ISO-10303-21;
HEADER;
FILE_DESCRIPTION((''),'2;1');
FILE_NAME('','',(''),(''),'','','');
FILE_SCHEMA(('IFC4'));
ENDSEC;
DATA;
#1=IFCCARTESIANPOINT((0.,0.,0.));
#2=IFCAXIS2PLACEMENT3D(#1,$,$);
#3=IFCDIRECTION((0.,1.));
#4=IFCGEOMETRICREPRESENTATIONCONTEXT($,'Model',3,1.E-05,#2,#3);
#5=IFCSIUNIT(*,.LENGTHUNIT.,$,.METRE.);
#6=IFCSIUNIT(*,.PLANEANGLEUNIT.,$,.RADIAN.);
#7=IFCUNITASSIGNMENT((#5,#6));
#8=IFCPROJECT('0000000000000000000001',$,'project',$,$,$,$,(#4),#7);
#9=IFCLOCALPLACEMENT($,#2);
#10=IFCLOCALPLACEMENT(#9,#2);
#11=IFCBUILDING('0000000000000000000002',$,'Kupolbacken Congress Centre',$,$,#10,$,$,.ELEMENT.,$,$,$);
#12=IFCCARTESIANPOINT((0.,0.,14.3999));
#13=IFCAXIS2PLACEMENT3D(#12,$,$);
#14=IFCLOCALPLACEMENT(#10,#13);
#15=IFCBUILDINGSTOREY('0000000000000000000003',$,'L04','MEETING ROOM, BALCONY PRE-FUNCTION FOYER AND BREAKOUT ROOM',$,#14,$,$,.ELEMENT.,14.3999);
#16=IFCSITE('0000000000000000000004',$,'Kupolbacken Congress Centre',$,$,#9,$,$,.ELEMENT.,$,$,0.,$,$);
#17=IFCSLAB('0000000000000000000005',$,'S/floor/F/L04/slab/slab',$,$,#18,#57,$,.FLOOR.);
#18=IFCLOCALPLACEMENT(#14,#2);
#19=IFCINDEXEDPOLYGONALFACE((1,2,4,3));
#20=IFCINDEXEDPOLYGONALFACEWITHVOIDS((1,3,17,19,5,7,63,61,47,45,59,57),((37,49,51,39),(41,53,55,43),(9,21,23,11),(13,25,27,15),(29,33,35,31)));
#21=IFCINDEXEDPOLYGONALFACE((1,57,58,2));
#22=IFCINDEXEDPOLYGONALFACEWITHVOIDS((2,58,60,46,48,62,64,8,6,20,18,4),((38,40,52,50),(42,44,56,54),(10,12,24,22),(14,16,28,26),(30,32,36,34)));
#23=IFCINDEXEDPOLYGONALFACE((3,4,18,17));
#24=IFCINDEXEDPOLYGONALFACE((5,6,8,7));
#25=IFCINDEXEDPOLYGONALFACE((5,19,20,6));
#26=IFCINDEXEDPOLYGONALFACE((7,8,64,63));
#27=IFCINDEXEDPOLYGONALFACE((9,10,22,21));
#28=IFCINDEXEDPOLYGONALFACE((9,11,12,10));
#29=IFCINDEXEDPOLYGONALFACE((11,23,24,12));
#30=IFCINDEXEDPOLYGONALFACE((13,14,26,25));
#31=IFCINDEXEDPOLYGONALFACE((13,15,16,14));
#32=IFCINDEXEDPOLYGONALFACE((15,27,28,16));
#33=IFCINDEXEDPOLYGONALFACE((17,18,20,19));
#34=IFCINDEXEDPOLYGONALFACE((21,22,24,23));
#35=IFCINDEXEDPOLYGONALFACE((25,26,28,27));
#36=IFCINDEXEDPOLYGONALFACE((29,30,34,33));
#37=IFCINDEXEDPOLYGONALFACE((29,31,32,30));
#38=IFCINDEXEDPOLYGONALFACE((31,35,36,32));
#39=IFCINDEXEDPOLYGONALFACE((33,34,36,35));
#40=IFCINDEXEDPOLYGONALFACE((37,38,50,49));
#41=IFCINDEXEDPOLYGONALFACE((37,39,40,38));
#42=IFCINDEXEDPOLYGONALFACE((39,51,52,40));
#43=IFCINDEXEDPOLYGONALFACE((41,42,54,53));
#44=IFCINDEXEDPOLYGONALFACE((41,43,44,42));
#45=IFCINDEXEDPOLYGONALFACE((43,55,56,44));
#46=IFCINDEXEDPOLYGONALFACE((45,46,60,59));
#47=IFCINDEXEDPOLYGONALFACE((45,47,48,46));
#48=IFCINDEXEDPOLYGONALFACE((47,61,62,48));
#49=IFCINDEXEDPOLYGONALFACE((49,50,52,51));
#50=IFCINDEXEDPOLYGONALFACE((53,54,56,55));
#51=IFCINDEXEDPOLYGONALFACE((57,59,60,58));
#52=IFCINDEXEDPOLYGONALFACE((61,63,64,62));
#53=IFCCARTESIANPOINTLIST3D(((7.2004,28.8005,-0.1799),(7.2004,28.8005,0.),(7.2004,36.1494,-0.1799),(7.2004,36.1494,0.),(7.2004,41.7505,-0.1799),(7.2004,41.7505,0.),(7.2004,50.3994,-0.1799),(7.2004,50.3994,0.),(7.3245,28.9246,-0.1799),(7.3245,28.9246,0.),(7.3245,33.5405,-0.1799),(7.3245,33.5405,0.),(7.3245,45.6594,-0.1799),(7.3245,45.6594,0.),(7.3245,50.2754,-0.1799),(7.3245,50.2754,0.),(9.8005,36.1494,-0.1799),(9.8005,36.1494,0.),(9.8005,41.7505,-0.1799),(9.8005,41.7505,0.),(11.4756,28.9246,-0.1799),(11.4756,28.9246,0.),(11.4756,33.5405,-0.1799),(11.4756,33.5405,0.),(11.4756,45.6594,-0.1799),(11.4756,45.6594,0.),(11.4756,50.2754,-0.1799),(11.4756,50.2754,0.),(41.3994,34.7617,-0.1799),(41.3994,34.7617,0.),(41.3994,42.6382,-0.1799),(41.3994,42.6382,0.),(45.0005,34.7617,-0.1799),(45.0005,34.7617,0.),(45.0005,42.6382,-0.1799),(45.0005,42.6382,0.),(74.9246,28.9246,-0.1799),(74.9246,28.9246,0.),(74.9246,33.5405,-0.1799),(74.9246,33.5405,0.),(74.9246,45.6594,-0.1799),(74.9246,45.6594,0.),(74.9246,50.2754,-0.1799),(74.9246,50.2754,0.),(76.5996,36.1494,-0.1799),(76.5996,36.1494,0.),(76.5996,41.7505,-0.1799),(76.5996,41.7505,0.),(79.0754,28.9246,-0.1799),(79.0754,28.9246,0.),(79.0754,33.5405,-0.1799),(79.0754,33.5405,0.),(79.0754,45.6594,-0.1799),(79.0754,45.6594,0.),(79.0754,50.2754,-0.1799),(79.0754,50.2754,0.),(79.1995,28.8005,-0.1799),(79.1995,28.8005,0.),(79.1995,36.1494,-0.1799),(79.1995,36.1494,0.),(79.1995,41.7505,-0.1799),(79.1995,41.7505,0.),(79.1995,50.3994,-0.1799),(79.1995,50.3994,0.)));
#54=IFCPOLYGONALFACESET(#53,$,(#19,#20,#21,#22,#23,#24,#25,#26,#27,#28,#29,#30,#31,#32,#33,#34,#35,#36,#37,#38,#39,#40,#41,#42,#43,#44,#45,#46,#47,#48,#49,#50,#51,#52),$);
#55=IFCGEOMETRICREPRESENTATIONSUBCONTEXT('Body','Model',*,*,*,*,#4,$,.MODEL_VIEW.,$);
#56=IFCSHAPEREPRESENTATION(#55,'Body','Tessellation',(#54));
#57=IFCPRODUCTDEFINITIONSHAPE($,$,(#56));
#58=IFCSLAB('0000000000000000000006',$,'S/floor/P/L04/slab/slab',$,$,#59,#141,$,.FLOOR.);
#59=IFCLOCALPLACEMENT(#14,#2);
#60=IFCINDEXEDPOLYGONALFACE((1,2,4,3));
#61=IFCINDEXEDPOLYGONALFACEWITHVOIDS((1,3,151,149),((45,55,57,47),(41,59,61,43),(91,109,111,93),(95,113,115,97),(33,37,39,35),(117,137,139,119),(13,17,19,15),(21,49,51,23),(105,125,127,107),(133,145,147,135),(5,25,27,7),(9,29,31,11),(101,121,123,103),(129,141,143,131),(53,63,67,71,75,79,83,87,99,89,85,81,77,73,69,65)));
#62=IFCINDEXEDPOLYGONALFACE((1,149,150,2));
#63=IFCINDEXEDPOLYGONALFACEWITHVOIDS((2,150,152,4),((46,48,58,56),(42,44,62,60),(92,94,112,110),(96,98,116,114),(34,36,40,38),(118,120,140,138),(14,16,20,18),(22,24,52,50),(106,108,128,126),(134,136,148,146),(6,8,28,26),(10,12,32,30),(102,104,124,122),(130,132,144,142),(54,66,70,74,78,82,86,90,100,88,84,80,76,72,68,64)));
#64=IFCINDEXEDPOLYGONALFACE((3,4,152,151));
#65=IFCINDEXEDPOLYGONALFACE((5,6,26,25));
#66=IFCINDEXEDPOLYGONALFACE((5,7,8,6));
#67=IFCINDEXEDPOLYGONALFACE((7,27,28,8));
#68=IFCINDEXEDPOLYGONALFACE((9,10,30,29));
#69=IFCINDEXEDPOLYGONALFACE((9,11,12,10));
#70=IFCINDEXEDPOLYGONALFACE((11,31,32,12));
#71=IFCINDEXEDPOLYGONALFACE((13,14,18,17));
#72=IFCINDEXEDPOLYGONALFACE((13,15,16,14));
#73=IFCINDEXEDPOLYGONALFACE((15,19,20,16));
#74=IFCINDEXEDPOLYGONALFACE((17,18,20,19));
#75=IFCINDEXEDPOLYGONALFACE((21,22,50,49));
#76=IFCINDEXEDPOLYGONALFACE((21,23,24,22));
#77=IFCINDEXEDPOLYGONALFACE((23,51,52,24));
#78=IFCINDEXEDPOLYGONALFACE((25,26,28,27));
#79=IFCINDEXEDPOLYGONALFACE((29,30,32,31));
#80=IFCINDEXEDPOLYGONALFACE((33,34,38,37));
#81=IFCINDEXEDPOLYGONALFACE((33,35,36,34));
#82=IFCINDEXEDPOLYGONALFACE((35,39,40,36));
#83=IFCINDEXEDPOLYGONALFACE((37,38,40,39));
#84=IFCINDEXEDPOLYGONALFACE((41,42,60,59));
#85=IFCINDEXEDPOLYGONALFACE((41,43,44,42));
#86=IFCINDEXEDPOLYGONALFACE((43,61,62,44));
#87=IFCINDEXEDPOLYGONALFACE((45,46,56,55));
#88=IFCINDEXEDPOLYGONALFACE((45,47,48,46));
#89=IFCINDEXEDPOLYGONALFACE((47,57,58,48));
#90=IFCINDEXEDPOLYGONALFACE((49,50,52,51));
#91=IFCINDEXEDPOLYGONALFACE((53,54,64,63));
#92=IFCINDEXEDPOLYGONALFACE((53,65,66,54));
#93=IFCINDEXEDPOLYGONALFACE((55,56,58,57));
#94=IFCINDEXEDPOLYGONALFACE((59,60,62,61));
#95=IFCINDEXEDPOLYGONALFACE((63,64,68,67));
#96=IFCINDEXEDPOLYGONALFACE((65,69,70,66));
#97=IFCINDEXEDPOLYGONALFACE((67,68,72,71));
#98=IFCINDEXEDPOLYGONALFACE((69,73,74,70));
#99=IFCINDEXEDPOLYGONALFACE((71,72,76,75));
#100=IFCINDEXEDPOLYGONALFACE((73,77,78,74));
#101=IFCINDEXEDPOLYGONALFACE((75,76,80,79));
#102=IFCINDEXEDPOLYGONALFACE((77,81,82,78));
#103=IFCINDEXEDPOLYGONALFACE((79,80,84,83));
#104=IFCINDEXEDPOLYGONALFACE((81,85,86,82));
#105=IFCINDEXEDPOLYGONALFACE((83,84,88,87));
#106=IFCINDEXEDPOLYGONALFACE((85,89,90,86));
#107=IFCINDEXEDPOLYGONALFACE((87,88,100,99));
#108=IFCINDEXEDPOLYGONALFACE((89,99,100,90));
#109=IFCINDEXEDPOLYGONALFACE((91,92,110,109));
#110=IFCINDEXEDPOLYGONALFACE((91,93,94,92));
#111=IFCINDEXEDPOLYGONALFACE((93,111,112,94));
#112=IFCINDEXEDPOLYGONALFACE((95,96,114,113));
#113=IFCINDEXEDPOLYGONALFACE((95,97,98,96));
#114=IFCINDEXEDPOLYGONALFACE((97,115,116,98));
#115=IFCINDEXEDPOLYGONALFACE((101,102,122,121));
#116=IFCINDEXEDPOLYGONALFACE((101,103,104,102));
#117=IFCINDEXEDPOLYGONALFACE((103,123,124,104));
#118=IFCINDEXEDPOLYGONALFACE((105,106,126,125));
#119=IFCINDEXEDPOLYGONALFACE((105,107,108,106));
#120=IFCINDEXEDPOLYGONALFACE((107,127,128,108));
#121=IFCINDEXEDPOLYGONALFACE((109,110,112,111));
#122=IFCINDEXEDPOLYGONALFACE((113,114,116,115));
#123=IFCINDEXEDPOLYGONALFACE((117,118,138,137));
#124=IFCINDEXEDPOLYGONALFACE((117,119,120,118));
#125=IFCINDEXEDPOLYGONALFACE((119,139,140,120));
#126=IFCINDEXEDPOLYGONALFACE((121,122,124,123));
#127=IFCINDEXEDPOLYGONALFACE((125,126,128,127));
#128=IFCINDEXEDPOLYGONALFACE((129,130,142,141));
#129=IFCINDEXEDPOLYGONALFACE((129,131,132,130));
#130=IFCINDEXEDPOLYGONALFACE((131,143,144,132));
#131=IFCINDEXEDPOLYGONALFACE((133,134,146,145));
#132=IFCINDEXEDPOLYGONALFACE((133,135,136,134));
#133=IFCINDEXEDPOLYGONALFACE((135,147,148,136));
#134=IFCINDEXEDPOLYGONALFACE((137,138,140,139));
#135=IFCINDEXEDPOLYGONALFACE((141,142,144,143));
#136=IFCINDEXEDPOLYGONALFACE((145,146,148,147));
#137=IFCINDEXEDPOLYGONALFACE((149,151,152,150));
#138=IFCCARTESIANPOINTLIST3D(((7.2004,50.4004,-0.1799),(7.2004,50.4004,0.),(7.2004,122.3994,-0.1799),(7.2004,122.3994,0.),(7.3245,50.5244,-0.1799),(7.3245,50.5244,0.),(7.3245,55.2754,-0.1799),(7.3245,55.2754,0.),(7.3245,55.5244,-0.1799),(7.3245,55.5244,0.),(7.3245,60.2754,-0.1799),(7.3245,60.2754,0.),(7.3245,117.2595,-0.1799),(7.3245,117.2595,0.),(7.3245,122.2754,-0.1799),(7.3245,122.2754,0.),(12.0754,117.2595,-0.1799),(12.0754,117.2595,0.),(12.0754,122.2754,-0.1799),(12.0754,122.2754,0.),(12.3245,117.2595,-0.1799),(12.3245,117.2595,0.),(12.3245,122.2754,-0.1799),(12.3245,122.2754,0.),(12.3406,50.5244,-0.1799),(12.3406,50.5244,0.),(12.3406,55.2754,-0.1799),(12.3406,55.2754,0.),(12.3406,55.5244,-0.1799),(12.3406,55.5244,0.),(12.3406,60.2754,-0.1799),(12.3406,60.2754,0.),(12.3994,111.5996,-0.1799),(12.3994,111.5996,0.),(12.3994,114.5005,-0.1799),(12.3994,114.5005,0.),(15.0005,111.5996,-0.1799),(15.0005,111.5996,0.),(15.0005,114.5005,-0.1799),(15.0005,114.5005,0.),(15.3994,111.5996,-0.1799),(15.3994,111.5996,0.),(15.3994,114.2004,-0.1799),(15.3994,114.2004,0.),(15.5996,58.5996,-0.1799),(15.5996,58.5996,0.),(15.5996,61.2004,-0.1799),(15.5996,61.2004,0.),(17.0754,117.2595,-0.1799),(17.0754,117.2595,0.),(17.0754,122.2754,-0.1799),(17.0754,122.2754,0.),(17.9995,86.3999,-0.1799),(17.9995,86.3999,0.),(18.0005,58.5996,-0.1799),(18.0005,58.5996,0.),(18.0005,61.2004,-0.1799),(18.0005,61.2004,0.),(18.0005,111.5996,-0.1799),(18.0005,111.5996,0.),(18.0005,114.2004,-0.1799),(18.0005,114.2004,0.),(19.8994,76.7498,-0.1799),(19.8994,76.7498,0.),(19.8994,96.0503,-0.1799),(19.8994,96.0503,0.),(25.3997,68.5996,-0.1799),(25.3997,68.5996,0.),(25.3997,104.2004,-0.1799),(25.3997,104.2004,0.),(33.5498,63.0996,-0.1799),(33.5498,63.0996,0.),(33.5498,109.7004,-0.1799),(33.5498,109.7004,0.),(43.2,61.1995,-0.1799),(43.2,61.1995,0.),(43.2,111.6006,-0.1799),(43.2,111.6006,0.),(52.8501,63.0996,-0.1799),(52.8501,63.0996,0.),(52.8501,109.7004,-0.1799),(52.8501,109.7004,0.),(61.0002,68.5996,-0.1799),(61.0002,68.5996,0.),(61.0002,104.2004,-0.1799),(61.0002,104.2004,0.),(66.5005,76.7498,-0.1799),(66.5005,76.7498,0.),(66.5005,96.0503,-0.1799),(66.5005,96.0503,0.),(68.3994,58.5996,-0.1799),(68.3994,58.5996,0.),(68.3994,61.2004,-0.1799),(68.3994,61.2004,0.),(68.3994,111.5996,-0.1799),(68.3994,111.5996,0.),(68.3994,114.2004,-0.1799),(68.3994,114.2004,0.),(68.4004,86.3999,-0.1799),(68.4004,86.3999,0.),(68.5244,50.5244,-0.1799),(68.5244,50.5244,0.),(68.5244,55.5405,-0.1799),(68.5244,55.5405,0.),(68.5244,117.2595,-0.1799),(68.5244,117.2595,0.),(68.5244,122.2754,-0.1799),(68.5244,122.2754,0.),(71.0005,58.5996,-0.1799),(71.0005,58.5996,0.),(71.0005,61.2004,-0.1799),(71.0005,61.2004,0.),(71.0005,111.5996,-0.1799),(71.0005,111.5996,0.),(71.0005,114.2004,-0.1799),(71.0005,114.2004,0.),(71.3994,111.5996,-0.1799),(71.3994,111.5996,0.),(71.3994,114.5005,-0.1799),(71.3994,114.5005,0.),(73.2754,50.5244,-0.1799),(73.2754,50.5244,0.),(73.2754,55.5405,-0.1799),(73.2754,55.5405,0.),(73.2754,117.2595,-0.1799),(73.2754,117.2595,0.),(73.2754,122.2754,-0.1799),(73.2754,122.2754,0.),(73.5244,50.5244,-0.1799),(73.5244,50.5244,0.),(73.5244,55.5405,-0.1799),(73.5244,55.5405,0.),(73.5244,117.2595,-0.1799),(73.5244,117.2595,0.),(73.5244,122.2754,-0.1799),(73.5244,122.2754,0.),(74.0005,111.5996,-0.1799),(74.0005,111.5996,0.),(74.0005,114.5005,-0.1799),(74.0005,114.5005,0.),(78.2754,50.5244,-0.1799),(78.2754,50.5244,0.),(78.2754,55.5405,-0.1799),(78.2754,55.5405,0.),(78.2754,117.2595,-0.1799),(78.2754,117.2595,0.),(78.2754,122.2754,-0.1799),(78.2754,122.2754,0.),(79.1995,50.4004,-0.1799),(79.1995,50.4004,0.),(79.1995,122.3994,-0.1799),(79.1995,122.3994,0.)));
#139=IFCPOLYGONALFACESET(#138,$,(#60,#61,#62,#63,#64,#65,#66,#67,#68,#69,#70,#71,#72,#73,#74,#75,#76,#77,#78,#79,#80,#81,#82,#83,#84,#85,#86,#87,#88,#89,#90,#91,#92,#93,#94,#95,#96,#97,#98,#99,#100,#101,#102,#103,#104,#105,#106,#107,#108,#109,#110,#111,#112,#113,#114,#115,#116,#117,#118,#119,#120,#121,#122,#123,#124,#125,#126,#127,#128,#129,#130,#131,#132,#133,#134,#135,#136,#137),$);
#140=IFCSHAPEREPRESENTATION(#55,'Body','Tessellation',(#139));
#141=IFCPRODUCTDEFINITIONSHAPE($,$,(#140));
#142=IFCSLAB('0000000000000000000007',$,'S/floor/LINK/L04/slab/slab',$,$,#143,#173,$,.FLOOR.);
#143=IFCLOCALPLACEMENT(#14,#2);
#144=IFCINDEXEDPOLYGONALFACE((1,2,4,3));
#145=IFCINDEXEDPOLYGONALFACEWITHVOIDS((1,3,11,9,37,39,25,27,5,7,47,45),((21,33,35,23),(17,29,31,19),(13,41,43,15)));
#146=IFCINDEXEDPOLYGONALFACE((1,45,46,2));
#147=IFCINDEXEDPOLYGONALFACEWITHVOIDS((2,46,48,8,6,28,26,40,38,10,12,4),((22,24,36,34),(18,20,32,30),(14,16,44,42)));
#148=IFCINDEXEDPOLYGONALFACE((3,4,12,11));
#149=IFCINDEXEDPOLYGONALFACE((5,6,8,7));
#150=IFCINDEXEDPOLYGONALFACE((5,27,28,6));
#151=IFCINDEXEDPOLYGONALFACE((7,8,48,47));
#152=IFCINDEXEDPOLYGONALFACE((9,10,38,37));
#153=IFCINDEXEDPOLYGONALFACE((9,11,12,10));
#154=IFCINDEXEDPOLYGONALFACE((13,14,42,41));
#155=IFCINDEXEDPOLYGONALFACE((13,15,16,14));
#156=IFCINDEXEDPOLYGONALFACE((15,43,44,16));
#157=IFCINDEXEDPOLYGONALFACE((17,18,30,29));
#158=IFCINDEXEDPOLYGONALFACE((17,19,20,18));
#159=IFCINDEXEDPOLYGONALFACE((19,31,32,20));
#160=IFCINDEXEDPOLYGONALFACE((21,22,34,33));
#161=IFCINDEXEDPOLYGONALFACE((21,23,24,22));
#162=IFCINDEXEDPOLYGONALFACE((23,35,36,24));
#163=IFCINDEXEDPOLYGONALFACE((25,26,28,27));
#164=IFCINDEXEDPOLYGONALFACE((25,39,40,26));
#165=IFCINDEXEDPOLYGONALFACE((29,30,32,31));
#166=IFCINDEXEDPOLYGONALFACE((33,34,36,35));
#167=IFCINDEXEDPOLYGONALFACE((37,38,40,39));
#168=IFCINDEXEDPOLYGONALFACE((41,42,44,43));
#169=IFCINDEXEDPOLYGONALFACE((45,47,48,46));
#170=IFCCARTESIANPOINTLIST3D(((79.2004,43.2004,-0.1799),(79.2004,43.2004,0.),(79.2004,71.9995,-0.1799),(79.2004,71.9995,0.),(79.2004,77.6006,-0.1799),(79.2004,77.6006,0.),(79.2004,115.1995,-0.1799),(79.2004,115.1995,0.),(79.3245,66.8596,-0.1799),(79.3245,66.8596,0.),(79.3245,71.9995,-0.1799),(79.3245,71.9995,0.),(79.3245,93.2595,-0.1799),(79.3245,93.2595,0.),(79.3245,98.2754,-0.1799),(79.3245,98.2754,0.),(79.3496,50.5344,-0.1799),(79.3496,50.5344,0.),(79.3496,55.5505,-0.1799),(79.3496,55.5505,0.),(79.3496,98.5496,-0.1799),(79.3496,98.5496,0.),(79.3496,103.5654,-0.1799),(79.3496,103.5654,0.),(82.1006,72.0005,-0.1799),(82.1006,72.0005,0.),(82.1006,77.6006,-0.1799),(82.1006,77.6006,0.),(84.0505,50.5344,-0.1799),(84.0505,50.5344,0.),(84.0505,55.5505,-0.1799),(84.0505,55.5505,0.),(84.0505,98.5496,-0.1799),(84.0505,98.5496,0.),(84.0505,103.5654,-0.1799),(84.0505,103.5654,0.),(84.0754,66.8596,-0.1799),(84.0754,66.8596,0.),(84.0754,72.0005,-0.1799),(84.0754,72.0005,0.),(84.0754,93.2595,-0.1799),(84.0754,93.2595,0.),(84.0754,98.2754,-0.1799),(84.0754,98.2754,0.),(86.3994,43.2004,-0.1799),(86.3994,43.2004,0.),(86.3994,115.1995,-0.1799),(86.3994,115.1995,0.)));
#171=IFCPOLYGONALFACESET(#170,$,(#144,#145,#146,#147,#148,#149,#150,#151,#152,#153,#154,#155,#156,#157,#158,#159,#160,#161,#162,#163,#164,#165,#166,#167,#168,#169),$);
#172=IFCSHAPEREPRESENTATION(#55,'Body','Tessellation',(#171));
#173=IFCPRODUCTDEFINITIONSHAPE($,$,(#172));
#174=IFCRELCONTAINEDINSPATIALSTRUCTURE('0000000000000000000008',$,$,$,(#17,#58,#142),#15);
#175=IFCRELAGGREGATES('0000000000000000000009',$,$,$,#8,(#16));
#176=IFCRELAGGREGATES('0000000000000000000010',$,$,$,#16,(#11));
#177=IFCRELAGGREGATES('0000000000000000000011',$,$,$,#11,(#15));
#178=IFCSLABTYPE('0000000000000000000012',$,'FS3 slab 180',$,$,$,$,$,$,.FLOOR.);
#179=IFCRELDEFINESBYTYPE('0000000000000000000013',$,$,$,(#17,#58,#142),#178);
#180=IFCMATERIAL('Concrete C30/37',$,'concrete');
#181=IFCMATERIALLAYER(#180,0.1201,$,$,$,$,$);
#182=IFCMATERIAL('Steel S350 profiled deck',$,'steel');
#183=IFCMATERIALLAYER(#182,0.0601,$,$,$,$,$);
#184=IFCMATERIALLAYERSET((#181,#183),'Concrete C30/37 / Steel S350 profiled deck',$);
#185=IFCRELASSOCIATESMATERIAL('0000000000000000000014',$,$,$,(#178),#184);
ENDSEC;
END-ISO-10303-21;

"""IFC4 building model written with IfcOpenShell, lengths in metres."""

from ifc_helpers import new_model, si_unit, direction, frame, origin, place, context, subcontext, project, spatial, polyline, outline, extrude, material, layer, layer_set, type_object, element, save


model = new_model("IFC4")

# Units and contexts
model_context = context("Model", 3, precision=1e-05, world=origin(), true_north=direction((0.0, 1.0)))
body_context = subcontext(model_context, "Body", "Model", "MODEL_VIEW")
ifc_project = project(units=[si_unit("LENGTHUNIT", "METRE"), si_unit("PLANEANGLEUNIT", "RADIAN")], contexts=[model_context])

# Site, building, storey
site_placement = place(None, origin())
site = spatial("IfcSite", under=ifc_project, at=site_placement, Name="Kupolbacken Congress Centre", CompositionType="ELEMENT", RefElevation=0.0)
building_placement = place(site_placement, origin())
building = spatial("IfcBuilding", under=site, at=building_placement, Name="Kupolbacken Congress Centre", CompositionType="ELEMENT")
storey_placement = place(building_placement, frame((0.0, 0.0, 14.3999)))
storey = spatial("IfcBuildingStorey", under=building, at=storey_placement, Name="L04", Description="MEETING ROOM, BALCONY PRE-FUNCTION FOYER AND BREAKOUT ROOM", CompositionType="ELEMENT", Elevation=14.3999)

# Slabs
ifc_material_1 = material(Name="Concrete C30/37", Category="concrete")
ifc_material_2 = material(Name="Steel S350 profiled deck", Category="steel")
ifc_layer_1 = layer(ifc_material_1, 0.1201)
ifc_layer_2 = layer(ifc_material_2, 0.0601)
ifc_layer_set_1 = layer_set([ifc_layer_1, ifc_layer_2], Name="Concrete C30/37 / Steel S350 profiled deck")
slab_type_1 = type_object("IfcSlabType", Name="FS3 slab 180", PredefinedType="FLOOR", material=ifc_layer_set_1)
slab_1_placement = place(storey_placement, frame((0.0, 0.0, -0.1799)))
element("IfcSlab", 1, at=slab_1_placement, inside=storey, type_object=slab_type_1, Name="S/floor/F/L04/slab/slab", PredefinedType="FLOOR", context=body_context, shape_type="SweptSolid", body=[
    extrude(outline(polyline([(79.1995, 28.8005), (79.1995, 36.1494), (76.5996, 36.1494), (76.5996, 41.7505), (79.1995, 41.7505), (79.1995, 50.3994), (7.2004, 50.3994), (7.2004, 41.7505), (9.8005, 41.7505), (9.8005, 36.1494), (7.2004, 36.1494), (7.2004, 28.8005), (79.1995, 28.8005)]), holes=[polyline([(79.0754, 33.5405), (79.0754, 28.9246), (74.9246, 28.9246), (74.9246, 33.5405), (79.0754, 33.5405)]), polyline([(79.0754, 45.6594), (74.9246, 45.6594), (74.9246, 50.2754), (79.0754, 50.2754), (79.0754, 45.6594)]), polyline([(45.0005, 34.7617), (41.3994, 34.7617), (41.3994, 42.6382), (45.0005, 42.6382), (45.0005, 34.7617)]), polyline([(7.3245, 33.5405), (11.4756, 33.5405), (11.4756, 28.9246), (7.3245, 28.9246), (7.3245, 33.5405)]), polyline([(11.4756, 45.6594), (7.3245, 45.6594), (7.3245, 50.2754), (11.4756, 50.2754), (11.4756, 45.6594)])]), origin(), (0.0, 0.0, 1.0), 0.1799),
])
slab_2_placement = place(storey_placement, frame((0.0, 0.0, -0.1799)))
element("IfcSlab", 2, at=slab_2_placement, inside=storey, type_object=slab_type_1, Name="S/floor/P/L04/slab/slab", PredefinedType="FLOOR", context=body_context, shape_type="SweptSolid", body=[
    extrude(outline(polyline([(7.2004, 50.4004), (79.1995, 50.4004), (79.1995, 122.3994), (7.2004, 122.3994), (7.2004, 50.4004)]), holes=[polyline([(73.5244, 50.5244), (73.5244, 55.5405), (78.2754, 55.5405), (78.2754, 50.5244), (73.5244, 50.5244)]), polyline([(73.5244, 117.2595), (73.5244, 122.2754), (78.2754, 122.2754), (78.2754, 117.2595), (73.5244, 117.2595)]), polyline([(71.3994, 111.5996), (71.3994, 114.5005), (74.0005, 114.5005), (74.0005, 111.5996), (71.3994, 111.5996)]), polyline([(73.2754, 50.5244), (68.5244, 50.5244), (68.5244, 55.5405), (73.2754, 55.5405), (73.2754, 50.5244)]), polyline([(68.5244, 117.2595), (68.5244, 122.2754), (73.2754, 122.2754), (73.2754, 117.2595), (68.5244, 117.2595)]), polyline([(68.3994, 58.5996), (68.3994, 61.2004), (71.0005, 61.2004), (71.0005, 58.5996), (68.3994, 58.5996)]), polyline([(68.3994, 111.5996), (68.3994, 114.2004), (71.0005, 114.2004), (71.0005, 111.5996), (68.3994, 111.5996)]), polyline([(52.8501, 63.0996), (43.2, 61.1995), (33.5498, 63.0996), (25.3997, 68.5996), (19.8994, 76.7498), (17.9995, 86.3999), (19.8994, 96.0503), (25.3997, 104.2004), (33.5498, 109.7004), (43.2, 111.6006), (52.8501, 109.7004), (61.0002, 104.2004), (66.5005, 96.0503), (68.4004, 86.3999), (66.5005, 76.7498), (61.0002, 68.5996), (52.8501, 63.0996)]), polyline([(15.5996, 58.5996), (15.5996, 61.2004), (18.0005, 61.2004), (18.0005, 58.5996), (15.5996, 58.5996)]), polyline([(15.3994, 111.5996), (15.3994, 114.2004), (18.0005, 114.2004), (18.0005, 111.5996), (15.3994, 111.5996)]), polyline([(12.3245, 117.2595), (12.3245, 122.2754), (17.0754, 122.2754), (17.0754, 117.2595), (12.3245, 117.2595)]), polyline([(12.3994, 111.5996), (12.3994, 114.5005), (15.0005, 114.5005), (15.0005, 111.5996), (12.3994, 111.5996)]), polyline([(12.3406, 55.2754), (12.3406, 50.5244), (7.3245, 50.5244), (7.3245, 55.2754), (12.3406, 55.2754)]), polyline([(7.3245, 55.5244), (7.3245, 60.2754), (12.3406, 60.2754), (12.3406, 55.5244), (7.3245, 55.5244)]), polyline([(7.3245, 117.2595), (7.3245, 122.2754), (12.0754, 122.2754), (12.0754, 117.2595), (7.3245, 117.2595)])]), origin(), (0.0, 0.0, 1.0), 0.1799),
])
slab_3_placement = place(storey_placement, frame((0.0, 0.0, -0.1799)))
element("IfcSlab", 3, at=slab_3_placement, inside=storey, type_object=slab_type_1, Name="S/floor/LINK/L04/slab/slab", PredefinedType="FLOOR", context=body_context, shape_type="SweptSolid", body=[
    extrude(outline(polyline([(86.3994, 43.2004), (86.3994, 115.1995), (79.2004, 115.1995), (79.2004, 77.6006), (82.1006, 77.6006), (82.1006, 72.0005), (84.0754, 72.0005), (84.0754, 66.8596), (79.3245, 66.8596), (79.3245, 71.9995), (79.2004, 71.9995), (79.2004, 43.2004), (86.3994, 43.2004)]), holes=[polyline([(79.3245, 98.2754), (84.0754, 98.2754), (84.0754, 93.2595), (79.3245, 93.2595), (79.3245, 98.2754)]), polyline([(79.3496, 103.5654), (84.0505, 103.5654), (84.0505, 98.5496), (79.3496, 98.5496), (79.3496, 103.5654)]), polyline([(79.3496, 50.5344), (79.3496, 55.5505), (84.0505, 55.5505), (84.0505, 50.5344), (79.3496, 50.5344)])]), origin(), (0.0, 0.0, 1.0), 0.1799),
])

save(model, "model.ifc")
